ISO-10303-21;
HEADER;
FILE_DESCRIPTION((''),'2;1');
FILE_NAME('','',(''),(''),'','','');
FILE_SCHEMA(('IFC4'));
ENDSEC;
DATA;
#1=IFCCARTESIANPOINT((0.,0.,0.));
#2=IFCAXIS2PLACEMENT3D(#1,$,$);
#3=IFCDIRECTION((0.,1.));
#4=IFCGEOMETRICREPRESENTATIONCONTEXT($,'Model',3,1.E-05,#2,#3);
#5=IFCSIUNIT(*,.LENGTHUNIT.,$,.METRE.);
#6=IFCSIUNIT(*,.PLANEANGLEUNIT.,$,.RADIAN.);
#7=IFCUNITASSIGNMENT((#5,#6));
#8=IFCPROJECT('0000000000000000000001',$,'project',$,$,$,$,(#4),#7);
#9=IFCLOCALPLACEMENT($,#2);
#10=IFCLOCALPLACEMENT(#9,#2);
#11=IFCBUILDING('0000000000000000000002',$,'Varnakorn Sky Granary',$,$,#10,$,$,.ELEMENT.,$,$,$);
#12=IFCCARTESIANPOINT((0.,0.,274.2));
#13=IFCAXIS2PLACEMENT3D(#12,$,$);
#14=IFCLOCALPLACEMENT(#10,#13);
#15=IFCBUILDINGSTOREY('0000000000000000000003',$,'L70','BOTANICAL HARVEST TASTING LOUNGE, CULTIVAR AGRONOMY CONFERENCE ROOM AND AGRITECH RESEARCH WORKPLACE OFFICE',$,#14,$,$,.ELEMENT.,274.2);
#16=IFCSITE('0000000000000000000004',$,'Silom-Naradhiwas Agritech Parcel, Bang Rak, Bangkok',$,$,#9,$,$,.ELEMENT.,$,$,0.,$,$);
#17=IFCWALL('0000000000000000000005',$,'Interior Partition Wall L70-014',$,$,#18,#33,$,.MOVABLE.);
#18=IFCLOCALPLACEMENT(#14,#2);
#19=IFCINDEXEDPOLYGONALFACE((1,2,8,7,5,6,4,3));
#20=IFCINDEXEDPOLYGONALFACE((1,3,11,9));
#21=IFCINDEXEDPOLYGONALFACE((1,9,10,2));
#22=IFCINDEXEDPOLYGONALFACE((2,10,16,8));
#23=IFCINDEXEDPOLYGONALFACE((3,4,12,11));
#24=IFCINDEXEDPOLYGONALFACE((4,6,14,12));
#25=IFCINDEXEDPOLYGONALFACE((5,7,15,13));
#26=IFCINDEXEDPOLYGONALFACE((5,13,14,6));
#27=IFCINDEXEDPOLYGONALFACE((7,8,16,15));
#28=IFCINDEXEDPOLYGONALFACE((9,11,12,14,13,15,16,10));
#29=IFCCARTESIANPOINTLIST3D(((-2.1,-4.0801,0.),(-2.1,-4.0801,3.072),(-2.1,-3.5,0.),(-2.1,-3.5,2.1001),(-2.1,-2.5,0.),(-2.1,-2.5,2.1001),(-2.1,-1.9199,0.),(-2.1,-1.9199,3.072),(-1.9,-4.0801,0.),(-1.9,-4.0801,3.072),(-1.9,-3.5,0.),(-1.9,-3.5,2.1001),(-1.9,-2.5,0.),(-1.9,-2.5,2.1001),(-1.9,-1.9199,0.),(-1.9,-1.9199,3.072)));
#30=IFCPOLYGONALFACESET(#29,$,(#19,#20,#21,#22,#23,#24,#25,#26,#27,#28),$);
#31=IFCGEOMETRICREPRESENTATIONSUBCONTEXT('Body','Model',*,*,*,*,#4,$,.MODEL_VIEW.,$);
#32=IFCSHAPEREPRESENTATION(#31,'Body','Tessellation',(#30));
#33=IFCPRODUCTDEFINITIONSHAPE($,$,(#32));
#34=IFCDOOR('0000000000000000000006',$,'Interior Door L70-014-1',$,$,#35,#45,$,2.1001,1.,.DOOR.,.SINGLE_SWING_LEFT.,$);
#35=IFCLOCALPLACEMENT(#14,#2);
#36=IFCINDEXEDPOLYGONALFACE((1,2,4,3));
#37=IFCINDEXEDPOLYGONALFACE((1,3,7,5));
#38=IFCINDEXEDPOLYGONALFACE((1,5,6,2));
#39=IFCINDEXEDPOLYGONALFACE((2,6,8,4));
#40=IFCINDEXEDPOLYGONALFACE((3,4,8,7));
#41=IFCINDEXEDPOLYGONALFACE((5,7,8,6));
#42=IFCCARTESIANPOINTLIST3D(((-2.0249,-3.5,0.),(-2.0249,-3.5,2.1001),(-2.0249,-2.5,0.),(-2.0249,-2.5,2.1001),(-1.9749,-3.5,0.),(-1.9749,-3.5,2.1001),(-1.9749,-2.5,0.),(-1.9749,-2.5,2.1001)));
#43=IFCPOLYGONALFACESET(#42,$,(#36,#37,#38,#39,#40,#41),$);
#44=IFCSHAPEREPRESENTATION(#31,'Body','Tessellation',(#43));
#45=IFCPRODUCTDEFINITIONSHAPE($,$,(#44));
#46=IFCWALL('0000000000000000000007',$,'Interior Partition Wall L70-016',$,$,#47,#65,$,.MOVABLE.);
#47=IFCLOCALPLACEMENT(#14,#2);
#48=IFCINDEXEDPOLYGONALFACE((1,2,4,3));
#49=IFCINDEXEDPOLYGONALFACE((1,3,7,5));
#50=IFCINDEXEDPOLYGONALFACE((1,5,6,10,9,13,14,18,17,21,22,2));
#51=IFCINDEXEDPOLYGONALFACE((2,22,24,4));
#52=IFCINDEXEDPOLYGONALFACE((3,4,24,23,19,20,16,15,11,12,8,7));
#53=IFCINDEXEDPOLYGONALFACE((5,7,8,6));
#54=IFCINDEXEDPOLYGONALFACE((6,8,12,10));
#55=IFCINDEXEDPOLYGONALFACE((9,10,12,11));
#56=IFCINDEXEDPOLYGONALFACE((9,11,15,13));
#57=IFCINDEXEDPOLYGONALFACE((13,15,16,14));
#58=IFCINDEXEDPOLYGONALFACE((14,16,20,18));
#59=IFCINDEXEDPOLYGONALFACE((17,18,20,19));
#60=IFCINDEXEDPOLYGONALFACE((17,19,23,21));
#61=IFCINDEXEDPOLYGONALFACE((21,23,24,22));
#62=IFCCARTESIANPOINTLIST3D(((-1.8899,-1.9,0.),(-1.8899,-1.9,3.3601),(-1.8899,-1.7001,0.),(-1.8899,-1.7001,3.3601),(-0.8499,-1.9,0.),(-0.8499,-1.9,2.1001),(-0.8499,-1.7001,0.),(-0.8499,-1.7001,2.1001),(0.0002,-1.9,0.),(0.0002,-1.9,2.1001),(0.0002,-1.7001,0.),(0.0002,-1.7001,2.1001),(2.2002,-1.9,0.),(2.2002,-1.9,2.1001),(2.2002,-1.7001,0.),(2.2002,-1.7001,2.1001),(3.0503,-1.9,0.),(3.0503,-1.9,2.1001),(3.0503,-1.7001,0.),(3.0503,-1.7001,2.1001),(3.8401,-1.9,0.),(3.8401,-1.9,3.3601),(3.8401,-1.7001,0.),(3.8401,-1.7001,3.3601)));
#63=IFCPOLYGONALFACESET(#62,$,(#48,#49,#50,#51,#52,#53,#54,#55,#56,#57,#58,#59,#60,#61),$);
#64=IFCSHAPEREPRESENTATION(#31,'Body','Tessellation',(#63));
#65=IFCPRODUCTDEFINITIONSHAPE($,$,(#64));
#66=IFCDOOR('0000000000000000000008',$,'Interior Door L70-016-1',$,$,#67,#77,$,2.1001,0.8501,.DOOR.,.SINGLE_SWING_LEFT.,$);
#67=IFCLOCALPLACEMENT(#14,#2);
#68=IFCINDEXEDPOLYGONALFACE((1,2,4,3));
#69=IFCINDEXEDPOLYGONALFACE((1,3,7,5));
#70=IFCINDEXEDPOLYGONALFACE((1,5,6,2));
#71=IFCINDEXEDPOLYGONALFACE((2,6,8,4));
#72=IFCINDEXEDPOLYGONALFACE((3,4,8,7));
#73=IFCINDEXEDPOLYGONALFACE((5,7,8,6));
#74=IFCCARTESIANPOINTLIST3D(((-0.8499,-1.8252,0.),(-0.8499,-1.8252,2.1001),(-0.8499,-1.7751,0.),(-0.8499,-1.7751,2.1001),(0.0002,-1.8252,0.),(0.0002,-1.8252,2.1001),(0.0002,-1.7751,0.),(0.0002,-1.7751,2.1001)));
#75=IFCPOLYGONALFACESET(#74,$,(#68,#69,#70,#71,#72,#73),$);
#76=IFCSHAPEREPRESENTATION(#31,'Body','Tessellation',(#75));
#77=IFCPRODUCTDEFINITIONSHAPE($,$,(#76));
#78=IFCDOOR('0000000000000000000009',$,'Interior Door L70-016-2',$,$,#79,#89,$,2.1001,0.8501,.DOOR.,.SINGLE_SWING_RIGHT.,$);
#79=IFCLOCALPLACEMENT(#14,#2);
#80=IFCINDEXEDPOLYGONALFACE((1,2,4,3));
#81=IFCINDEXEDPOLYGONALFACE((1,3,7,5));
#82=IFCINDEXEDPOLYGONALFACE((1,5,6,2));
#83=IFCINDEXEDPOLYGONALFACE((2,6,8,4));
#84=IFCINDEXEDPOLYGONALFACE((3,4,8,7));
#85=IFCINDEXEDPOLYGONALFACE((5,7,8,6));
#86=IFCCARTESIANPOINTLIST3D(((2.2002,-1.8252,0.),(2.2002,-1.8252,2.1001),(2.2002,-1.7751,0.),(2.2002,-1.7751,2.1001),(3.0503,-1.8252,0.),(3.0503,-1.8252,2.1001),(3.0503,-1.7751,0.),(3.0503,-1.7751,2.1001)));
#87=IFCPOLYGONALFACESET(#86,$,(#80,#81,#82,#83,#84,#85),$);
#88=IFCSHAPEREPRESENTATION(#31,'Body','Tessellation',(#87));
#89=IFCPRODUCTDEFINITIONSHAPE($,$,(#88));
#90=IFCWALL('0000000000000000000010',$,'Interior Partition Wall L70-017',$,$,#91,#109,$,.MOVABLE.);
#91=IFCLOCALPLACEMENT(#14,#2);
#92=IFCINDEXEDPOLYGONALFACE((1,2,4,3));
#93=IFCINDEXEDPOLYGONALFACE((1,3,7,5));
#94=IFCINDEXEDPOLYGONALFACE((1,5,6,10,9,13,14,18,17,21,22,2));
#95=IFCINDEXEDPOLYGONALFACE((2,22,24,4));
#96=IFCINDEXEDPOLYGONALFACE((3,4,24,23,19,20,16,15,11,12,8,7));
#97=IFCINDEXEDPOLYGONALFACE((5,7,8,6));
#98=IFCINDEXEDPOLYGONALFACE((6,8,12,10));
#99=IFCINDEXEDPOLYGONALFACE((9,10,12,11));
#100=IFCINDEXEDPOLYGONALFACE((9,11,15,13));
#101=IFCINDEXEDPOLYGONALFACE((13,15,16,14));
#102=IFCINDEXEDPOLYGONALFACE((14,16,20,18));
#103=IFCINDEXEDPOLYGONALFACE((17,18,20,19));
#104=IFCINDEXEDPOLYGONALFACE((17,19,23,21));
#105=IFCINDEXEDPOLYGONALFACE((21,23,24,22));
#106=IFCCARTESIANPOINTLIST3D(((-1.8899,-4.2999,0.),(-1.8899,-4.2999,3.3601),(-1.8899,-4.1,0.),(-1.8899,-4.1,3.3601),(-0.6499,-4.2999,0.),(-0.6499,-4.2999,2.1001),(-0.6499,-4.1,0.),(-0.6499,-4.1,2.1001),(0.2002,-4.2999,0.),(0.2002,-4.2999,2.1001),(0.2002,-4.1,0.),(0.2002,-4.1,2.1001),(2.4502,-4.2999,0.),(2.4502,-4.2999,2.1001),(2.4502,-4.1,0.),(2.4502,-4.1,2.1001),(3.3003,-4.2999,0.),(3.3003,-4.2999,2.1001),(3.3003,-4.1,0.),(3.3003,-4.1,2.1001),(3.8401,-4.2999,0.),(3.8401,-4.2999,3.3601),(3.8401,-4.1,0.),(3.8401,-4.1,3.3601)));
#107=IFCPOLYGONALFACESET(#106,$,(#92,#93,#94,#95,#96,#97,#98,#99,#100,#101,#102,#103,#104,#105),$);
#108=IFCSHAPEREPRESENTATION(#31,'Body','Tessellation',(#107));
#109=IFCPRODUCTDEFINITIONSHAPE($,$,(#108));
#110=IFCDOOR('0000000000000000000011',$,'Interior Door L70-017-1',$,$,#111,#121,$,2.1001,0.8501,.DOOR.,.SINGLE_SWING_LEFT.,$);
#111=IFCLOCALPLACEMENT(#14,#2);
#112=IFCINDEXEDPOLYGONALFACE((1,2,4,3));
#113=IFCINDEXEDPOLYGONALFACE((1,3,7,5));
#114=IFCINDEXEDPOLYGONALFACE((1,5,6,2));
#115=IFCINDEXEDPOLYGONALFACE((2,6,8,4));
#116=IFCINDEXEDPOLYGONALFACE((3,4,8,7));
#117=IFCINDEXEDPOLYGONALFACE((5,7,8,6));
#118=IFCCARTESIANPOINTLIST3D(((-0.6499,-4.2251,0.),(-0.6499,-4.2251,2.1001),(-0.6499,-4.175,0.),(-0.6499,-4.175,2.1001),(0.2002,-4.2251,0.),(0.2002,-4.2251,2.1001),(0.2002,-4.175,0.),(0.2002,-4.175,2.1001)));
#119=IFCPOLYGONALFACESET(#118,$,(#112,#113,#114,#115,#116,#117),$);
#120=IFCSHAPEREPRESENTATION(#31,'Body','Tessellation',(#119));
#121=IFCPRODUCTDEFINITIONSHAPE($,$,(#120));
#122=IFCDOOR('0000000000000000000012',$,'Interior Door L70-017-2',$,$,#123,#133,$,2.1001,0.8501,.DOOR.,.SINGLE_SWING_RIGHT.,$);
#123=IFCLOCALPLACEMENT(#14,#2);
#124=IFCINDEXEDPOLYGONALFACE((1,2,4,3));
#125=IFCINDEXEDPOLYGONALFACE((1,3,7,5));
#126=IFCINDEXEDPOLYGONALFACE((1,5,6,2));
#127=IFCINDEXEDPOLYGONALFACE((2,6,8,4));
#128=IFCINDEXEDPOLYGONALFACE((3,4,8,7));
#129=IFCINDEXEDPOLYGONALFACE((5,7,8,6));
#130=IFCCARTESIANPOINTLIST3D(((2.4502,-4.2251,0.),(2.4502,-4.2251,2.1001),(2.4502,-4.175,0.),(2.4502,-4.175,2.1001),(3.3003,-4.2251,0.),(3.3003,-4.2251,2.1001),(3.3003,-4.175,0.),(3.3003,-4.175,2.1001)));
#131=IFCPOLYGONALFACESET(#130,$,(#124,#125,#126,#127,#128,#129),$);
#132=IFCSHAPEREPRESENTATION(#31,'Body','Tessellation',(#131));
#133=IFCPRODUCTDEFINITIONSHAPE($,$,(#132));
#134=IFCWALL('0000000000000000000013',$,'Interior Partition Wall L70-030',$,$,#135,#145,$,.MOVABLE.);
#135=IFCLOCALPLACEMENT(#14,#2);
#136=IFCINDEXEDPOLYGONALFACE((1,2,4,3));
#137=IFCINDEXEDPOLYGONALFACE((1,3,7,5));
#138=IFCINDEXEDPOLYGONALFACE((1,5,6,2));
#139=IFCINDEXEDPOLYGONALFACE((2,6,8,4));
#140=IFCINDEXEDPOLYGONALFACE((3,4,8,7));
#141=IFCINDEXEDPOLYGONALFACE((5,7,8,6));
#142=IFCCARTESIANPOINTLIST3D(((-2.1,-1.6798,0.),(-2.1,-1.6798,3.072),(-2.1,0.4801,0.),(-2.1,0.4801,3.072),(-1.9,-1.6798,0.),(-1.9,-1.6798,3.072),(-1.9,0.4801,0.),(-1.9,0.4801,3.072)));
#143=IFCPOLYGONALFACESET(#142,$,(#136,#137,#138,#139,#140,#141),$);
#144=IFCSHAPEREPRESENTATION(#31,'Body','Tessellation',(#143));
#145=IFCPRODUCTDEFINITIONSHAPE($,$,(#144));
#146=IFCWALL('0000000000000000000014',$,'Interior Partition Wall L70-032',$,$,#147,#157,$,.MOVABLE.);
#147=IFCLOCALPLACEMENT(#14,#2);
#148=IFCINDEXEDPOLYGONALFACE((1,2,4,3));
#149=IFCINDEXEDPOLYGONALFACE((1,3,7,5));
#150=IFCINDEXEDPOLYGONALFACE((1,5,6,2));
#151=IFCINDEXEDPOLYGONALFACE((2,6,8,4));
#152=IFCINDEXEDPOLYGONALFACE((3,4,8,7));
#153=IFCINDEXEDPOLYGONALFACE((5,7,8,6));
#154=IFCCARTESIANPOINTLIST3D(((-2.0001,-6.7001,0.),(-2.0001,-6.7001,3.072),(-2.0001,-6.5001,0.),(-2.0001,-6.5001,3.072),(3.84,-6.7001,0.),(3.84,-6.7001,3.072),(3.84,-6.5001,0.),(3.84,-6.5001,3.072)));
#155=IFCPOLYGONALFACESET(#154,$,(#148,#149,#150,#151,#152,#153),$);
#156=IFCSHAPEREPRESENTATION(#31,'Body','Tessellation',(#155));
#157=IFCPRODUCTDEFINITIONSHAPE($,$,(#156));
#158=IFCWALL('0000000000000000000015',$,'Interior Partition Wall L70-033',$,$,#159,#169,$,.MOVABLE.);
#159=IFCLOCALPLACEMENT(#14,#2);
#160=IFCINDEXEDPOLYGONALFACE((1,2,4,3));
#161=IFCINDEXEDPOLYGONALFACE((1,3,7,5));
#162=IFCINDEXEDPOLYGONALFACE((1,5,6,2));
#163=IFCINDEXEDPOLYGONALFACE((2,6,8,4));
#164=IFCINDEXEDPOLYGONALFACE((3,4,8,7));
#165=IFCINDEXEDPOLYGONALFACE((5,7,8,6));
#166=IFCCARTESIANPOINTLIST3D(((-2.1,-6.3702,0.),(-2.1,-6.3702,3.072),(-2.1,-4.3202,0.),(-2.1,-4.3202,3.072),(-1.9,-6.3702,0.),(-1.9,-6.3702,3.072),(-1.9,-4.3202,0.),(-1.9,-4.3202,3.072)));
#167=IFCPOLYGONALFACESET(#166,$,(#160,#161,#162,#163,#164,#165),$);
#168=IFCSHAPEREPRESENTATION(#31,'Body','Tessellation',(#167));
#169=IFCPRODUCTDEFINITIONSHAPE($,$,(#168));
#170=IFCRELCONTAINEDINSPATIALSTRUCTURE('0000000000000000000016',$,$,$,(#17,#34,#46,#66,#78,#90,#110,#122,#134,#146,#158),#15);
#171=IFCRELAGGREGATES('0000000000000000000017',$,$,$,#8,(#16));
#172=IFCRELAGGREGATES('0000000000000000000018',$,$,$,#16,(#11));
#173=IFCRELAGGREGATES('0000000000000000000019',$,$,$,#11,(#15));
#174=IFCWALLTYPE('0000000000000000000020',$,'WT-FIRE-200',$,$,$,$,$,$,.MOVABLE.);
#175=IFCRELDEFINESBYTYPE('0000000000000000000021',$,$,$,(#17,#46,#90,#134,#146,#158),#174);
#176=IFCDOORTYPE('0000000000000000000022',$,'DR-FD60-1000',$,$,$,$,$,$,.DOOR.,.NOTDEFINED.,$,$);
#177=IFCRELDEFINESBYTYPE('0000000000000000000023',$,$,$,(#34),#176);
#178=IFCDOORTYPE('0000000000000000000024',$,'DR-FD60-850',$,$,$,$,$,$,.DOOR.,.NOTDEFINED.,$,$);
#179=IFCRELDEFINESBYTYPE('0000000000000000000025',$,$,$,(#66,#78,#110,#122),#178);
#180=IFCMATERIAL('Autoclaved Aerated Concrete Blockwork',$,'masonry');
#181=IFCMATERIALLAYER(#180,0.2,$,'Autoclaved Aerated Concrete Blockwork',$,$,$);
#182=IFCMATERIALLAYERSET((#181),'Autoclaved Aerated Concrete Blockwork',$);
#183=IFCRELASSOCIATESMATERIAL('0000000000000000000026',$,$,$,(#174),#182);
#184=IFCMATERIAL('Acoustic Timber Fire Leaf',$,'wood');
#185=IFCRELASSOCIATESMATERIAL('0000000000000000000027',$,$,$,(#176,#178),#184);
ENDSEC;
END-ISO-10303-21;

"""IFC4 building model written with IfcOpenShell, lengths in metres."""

from ifc_helpers import new_model, si_unit, direction, frame, frame_2d, origin, place, context, subcontext, project, spatial, rectangle, extrude, material, layer, layer_set, type_object, element, fill, save


model = new_model("IFC4")

# Units and contexts
model_context = context("Model", 3, precision=1e-05, world=origin(), true_north=direction((0.0, 1.0)))
body_context = subcontext(model_context, "Body", "Model", "MODEL_VIEW")
ifc_project = project(units=[si_unit("LENGTHUNIT", "METRE"), si_unit("PLANEANGLEUNIT", "RADIAN")], contexts=[model_context])

# Site, building, storey
site_placement = place(None, origin())
site = spatial("IfcSite", under=ifc_project, at=site_placement, Name="Silom-Naradhiwas Agritech Parcel, Bang Rak, Bangkok", CompositionType="ELEMENT", RefElevation=0.0)
building_placement = place(site_placement, origin())
building = spatial("IfcBuilding", under=site, at=building_placement, Name="Varnakorn Sky Granary", CompositionType="ELEMENT")
storey_placement = place(building_placement, frame((0.0, 0.0, 274.2)))
storey = spatial("IfcBuildingStorey", under=building, at=storey_placement, Name="L70", Description="BOTANICAL HARVEST TASTING LOUNGE, CULTIVAR AGRONOMY CONFERENCE ROOM AND AGRITECH RESEARCH WORKPLACE OFFICE", CompositionType="ELEMENT", Elevation=274.2)

# Wall, opening, door
ifc_material_1 = material(Name="Autoclaved Aerated Concrete Blockwork", Category="masonry")
ifc_layer_1 = layer(ifc_material_1, 0.2, Name="Autoclaved Aerated Concrete Blockwork")
ifc_layer_set_1 = layer_set([ifc_layer_1], Name="Autoclaved Aerated Concrete Blockwork")
wall_type_1 = type_object("IfcWallType", Name="WT-FIRE-200", PredefinedType="MOVABLE", material=ifc_layer_set_1)
wall_1_placement = place(storey_placement, frame((-2.0, -4.0801, 0.0), z_axis=(0.0, 0.0, 1.0), x_axis=(0.0, 1.0, 0.0)))
wall_1 = element("IfcWall", 1, at=wall_1_placement, inside=storey, type_object=wall_type_1, Name="Interior Partition Wall L70-014", PredefinedType="MOVABLE", context=body_context, shape_type="SweptSolid", body=[
    extrude(rectangle(XDim=2.1602, YDim=0.2, at=frame_2d((1.0801, 0.0))), origin(), (0.0, 0.0, 1.0), 3.072),
])
opening_1_placement = place(wall_1_placement, frame((0.5801, 0.0, 0.0)))
opening_1 = element("IfcOpeningElement", 2, at=opening_1_placement, cuts=wall_1, PredefinedType="OPENING", context=body_context, shape_type="SweptSolid", body=[
    extrude(rectangle(XDim=1.0, YDim=2.1001, at=frame_2d((0.5, 1.05))), frame((0.0, 0.1099, 0.0), z_axis=(0.0, -1.0, 0.0), x_axis=(1.0, 0.0, 0.0)), (0.0, 0.0, 1.0), 0.22),
])
ifc_material_2 = material(Name="Acoustic Timber Fire Leaf", Category="wood")
door_type_1 = type_object("IfcDoorType", Name="DR-FD60-1000", OperationType="NOTDEFINED", PredefinedType="DOOR", material=ifc_material_2)
door_1_placement = place(opening_1_placement, origin())
door_1 = element("IfcDoor", 3, at=door_1_placement, inside=storey, type_object=door_type_1, Name="Interior Door L70-014-1", OperationType="SINGLE_SWING_LEFT", OverallHeight=2.1001, OverallWidth=1.0, PredefinedType="DOOR", context=body_context, shape_type="SweptSolid", body=[
    extrude(rectangle(XDim=1.0, YDim=2.1001, at=frame_2d((0.5, 1.05))), frame((0.0, 0.0249, 0.0), z_axis=(0.0, -1.0, 0.0), x_axis=(1.0, 0.0, 0.0)), (0.0, 0.0, 1.0), 0.05),
])
fill(opening_1, door_1)

# Walls, openings, doors
wall_2_placement = place(storey_placement, frame((-1.8899, -1.8, 0.0), z_axis=(0.0, 0.0, 1.0), x_axis=(1.0, 0.0, 0.0)))
wall_2 = element("IfcWall", 4, at=wall_2_placement, inside=storey, type_object=wall_type_1, Name="Interior Partition Wall L70-016", PredefinedType="MOVABLE", context=body_context, shape_type="SweptSolid", body=[
    extrude(rectangle(XDim=5.73, YDim=0.2, at=frame_2d((2.865, 0.0))), origin(), (0.0, 0.0, 1.0), 3.3601),
])
opening_2_placement = place(wall_2_placement, frame((1.04, 0.0, 0.0)))
opening_2 = element("IfcOpeningElement", 5, at=opening_2_placement, cuts=wall_2, PredefinedType="OPENING", context=body_context, shape_type="SweptSolid", body=[
    extrude(rectangle(XDim=0.8501, YDim=2.1001, at=frame_2d((0.425, 1.05))), frame((0.0, 0.1099, 0.0), z_axis=(0.0, -1.0, 0.0), x_axis=(1.0, 0.0, 0.0)), (0.0, 0.0, 1.0), 0.22),
])
opening_3_placement = place(wall_2_placement, frame((4.0901, 0.0, 0.0)))
opening_3 = element("IfcOpeningElement", 6, at=opening_3_placement, cuts=wall_2, PredefinedType="OPENING", context=body_context, shape_type="SweptSolid", body=[
    extrude(rectangle(XDim=0.8501, YDim=2.1001, at=frame_2d((0.425, 1.05))), frame((0.0, 0.1099, 0.0), z_axis=(0.0, -1.0, 0.0), x_axis=(1.0, 0.0, 0.0)), (0.0, 0.0, 1.0), 0.22),
])
door_type_2 = type_object("IfcDoorType", Name="DR-FD60-850", OperationType="NOTDEFINED", PredefinedType="DOOR", material=ifc_material_2)
door_2_placement = place(opening_2_placement, origin())
door_2 = element("IfcDoor", 7, at=door_2_placement, inside=storey, type_object=door_type_2, Name="Interior Door L70-016-1", OperationType="SINGLE_SWING_LEFT", OverallHeight=2.1001, OverallWidth=0.8501, PredefinedType="DOOR", context=body_context, shape_type="SweptSolid", body=[
    extrude(rectangle(XDim=0.8501, YDim=2.1001, at=frame_2d((0.425, 1.05))), frame((0.0, 0.0249, 0.0), z_axis=(0.0, -1.0, 0.0), x_axis=(1.0, 0.0, 0.0)), (0.0, 0.0, 1.0), 0.05),
])
fill(opening_2, door_2)
door_3_placement = place(opening_3_placement, origin())
door_3 = element("IfcDoor", 8, at=door_3_placement, inside=storey, type_object=door_type_2, Name="Interior Door L70-016-2", OperationType="SINGLE_SWING_RIGHT", OverallHeight=2.1001, OverallWidth=0.8501, PredefinedType="DOOR", context=body_context, shape_type="SweptSolid", body=[
    extrude(rectangle(XDim=0.8501, YDim=2.1001, at=frame_2d((0.425, 1.05))), frame((0.0, 0.0249, 0.0), z_axis=(0.0, -1.0, 0.0), x_axis=(1.0, 0.0, 0.0)), (0.0, 0.0, 1.0), 0.05),
])
fill(opening_3, door_3)
wall_3_placement = place(storey_placement, frame((-1.8899, -4.2, 0.0), z_axis=(0.0, 0.0, 1.0), x_axis=(1.0, 0.0, 0.0)))
wall_3 = element("IfcWall", 9, at=wall_3_placement, inside=storey, type_object=wall_type_1, Name="Interior Partition Wall L70-017", PredefinedType="MOVABLE", context=body_context, shape_type="SweptSolid", body=[
    extrude(rectangle(XDim=5.73, YDim=0.2, at=frame_2d((2.865, 0.0))), origin(), (0.0, 0.0, 1.0), 3.3601),
])
opening_4_placement = place(wall_3_placement, frame((1.24, 0.0, 0.0)))
opening_4 = element("IfcOpeningElement", 10, at=opening_4_placement, cuts=wall_3, PredefinedType="OPENING", context=body_context, shape_type="SweptSolid", body=[
    extrude(rectangle(XDim=0.8501, YDim=2.1001, at=frame_2d((0.425, 1.05))), frame((0.0, 0.1099, 0.0), z_axis=(0.0, -1.0, 0.0), x_axis=(1.0, 0.0, 0.0)), (0.0, 0.0, 1.0), 0.22),
])
opening_5_placement = place(wall_3_placement, frame((4.3401, 0.0, 0.0)))
opening_5 = element("IfcOpeningElement", 11, at=opening_5_placement, cuts=wall_3, PredefinedType="OPENING", context=body_context, shape_type="SweptSolid", body=[
    extrude(rectangle(XDim=0.8501, YDim=2.1001, at=frame_2d((0.425, 1.05))), frame((0.0, 0.1099, 0.0), z_axis=(0.0, -1.0, 0.0), x_axis=(1.0, 0.0, 0.0)), (0.0, 0.0, 1.0), 0.22),
])
door_4_placement = place(opening_4_placement, origin())
door_4 = element("IfcDoor", 12, at=door_4_placement, inside=storey, type_object=door_type_2, Name="Interior Door L70-017-1", OperationType="SINGLE_SWING_LEFT", OverallHeight=2.1001, OverallWidth=0.8501, PredefinedType="DOOR", context=body_context, shape_type="SweptSolid", body=[
    extrude(rectangle(XDim=0.8501, YDim=2.1001, at=frame_2d((0.425, 1.05))), frame((0.0, 0.0249, 0.0), z_axis=(0.0, -1.0, 0.0), x_axis=(1.0, 0.0, 0.0)), (0.0, 0.0, 1.0), 0.05),
])
fill(opening_4, door_4)
door_5_placement = place(opening_5_placement, origin())
door_5 = element("IfcDoor", 13, at=door_5_placement, inside=storey, type_object=door_type_2, Name="Interior Door L70-017-2", OperationType="SINGLE_SWING_RIGHT", OverallHeight=2.1001, OverallWidth=0.8501, PredefinedType="DOOR", context=body_context, shape_type="SweptSolid", body=[
    extrude(rectangle(XDim=0.8501, YDim=2.1001, at=frame_2d((0.425, 1.05))), frame((0.0, 0.0249, 0.0), z_axis=(0.0, -1.0, 0.0), x_axis=(1.0, 0.0, 0.0)), (0.0, 0.0, 1.0), 0.05),
])
fill(opening_5, door_5)

# Walls
wall_4_placement = place(storey_placement, frame((-2.0, -1.6799, 0.0), z_axis=(0.0, 0.0, 1.0), x_axis=(0.0, 1.0, 0.0)))
element("IfcWall", 14, at=wall_4_placement, inside=storey, type_object=wall_type_1, Name="Interior Partition Wall L70-030", PredefinedType="MOVABLE", context=body_context, shape_type="SweptSolid", body=[
    extrude(rectangle(XDim=2.1599, YDim=0.2, at=frame_2d((1.0801, 0.0))), origin(), (0.0, 0.0, 1.0), 3.072),
])
wall_5_placement = place(storey_placement, frame((-2.0, -6.6001, 0.0), z_axis=(0.0, 0.0, 1.0), x_axis=(1.0, 0.0, 0.0)))
element("IfcWall", 15, at=wall_5_placement, inside=storey, type_object=wall_type_1, Name="Interior Partition Wall L70-032", PredefinedType="MOVABLE", context=body_context, shape_type="SweptSolid", body=[
    extrude(rectangle(XDim=5.8401, YDim=0.2, at=frame_2d((2.9199, 0.0))), origin(), (0.0, 0.0, 1.0), 3.072),
])
wall_6_placement = place(storey_placement, frame((-2.0, -6.3701, 0.0), z_axis=(0.0, 0.0, 1.0), x_axis=(0.0, 1.0, 0.0)))
element("IfcWall", 16, at=wall_6_placement, inside=storey, type_object=wall_type_1, Name="Interior Partition Wall L70-033", PredefinedType="MOVABLE", context=body_context, shape_type="SweptSolid", body=[
    extrude(rectangle(XDim=2.05, YDim=0.2, at=frame_2d((1.0249, 0.0))), origin(), (0.0, 0.0, 1.0), 3.072),
])

save(model, "model.ifc")
